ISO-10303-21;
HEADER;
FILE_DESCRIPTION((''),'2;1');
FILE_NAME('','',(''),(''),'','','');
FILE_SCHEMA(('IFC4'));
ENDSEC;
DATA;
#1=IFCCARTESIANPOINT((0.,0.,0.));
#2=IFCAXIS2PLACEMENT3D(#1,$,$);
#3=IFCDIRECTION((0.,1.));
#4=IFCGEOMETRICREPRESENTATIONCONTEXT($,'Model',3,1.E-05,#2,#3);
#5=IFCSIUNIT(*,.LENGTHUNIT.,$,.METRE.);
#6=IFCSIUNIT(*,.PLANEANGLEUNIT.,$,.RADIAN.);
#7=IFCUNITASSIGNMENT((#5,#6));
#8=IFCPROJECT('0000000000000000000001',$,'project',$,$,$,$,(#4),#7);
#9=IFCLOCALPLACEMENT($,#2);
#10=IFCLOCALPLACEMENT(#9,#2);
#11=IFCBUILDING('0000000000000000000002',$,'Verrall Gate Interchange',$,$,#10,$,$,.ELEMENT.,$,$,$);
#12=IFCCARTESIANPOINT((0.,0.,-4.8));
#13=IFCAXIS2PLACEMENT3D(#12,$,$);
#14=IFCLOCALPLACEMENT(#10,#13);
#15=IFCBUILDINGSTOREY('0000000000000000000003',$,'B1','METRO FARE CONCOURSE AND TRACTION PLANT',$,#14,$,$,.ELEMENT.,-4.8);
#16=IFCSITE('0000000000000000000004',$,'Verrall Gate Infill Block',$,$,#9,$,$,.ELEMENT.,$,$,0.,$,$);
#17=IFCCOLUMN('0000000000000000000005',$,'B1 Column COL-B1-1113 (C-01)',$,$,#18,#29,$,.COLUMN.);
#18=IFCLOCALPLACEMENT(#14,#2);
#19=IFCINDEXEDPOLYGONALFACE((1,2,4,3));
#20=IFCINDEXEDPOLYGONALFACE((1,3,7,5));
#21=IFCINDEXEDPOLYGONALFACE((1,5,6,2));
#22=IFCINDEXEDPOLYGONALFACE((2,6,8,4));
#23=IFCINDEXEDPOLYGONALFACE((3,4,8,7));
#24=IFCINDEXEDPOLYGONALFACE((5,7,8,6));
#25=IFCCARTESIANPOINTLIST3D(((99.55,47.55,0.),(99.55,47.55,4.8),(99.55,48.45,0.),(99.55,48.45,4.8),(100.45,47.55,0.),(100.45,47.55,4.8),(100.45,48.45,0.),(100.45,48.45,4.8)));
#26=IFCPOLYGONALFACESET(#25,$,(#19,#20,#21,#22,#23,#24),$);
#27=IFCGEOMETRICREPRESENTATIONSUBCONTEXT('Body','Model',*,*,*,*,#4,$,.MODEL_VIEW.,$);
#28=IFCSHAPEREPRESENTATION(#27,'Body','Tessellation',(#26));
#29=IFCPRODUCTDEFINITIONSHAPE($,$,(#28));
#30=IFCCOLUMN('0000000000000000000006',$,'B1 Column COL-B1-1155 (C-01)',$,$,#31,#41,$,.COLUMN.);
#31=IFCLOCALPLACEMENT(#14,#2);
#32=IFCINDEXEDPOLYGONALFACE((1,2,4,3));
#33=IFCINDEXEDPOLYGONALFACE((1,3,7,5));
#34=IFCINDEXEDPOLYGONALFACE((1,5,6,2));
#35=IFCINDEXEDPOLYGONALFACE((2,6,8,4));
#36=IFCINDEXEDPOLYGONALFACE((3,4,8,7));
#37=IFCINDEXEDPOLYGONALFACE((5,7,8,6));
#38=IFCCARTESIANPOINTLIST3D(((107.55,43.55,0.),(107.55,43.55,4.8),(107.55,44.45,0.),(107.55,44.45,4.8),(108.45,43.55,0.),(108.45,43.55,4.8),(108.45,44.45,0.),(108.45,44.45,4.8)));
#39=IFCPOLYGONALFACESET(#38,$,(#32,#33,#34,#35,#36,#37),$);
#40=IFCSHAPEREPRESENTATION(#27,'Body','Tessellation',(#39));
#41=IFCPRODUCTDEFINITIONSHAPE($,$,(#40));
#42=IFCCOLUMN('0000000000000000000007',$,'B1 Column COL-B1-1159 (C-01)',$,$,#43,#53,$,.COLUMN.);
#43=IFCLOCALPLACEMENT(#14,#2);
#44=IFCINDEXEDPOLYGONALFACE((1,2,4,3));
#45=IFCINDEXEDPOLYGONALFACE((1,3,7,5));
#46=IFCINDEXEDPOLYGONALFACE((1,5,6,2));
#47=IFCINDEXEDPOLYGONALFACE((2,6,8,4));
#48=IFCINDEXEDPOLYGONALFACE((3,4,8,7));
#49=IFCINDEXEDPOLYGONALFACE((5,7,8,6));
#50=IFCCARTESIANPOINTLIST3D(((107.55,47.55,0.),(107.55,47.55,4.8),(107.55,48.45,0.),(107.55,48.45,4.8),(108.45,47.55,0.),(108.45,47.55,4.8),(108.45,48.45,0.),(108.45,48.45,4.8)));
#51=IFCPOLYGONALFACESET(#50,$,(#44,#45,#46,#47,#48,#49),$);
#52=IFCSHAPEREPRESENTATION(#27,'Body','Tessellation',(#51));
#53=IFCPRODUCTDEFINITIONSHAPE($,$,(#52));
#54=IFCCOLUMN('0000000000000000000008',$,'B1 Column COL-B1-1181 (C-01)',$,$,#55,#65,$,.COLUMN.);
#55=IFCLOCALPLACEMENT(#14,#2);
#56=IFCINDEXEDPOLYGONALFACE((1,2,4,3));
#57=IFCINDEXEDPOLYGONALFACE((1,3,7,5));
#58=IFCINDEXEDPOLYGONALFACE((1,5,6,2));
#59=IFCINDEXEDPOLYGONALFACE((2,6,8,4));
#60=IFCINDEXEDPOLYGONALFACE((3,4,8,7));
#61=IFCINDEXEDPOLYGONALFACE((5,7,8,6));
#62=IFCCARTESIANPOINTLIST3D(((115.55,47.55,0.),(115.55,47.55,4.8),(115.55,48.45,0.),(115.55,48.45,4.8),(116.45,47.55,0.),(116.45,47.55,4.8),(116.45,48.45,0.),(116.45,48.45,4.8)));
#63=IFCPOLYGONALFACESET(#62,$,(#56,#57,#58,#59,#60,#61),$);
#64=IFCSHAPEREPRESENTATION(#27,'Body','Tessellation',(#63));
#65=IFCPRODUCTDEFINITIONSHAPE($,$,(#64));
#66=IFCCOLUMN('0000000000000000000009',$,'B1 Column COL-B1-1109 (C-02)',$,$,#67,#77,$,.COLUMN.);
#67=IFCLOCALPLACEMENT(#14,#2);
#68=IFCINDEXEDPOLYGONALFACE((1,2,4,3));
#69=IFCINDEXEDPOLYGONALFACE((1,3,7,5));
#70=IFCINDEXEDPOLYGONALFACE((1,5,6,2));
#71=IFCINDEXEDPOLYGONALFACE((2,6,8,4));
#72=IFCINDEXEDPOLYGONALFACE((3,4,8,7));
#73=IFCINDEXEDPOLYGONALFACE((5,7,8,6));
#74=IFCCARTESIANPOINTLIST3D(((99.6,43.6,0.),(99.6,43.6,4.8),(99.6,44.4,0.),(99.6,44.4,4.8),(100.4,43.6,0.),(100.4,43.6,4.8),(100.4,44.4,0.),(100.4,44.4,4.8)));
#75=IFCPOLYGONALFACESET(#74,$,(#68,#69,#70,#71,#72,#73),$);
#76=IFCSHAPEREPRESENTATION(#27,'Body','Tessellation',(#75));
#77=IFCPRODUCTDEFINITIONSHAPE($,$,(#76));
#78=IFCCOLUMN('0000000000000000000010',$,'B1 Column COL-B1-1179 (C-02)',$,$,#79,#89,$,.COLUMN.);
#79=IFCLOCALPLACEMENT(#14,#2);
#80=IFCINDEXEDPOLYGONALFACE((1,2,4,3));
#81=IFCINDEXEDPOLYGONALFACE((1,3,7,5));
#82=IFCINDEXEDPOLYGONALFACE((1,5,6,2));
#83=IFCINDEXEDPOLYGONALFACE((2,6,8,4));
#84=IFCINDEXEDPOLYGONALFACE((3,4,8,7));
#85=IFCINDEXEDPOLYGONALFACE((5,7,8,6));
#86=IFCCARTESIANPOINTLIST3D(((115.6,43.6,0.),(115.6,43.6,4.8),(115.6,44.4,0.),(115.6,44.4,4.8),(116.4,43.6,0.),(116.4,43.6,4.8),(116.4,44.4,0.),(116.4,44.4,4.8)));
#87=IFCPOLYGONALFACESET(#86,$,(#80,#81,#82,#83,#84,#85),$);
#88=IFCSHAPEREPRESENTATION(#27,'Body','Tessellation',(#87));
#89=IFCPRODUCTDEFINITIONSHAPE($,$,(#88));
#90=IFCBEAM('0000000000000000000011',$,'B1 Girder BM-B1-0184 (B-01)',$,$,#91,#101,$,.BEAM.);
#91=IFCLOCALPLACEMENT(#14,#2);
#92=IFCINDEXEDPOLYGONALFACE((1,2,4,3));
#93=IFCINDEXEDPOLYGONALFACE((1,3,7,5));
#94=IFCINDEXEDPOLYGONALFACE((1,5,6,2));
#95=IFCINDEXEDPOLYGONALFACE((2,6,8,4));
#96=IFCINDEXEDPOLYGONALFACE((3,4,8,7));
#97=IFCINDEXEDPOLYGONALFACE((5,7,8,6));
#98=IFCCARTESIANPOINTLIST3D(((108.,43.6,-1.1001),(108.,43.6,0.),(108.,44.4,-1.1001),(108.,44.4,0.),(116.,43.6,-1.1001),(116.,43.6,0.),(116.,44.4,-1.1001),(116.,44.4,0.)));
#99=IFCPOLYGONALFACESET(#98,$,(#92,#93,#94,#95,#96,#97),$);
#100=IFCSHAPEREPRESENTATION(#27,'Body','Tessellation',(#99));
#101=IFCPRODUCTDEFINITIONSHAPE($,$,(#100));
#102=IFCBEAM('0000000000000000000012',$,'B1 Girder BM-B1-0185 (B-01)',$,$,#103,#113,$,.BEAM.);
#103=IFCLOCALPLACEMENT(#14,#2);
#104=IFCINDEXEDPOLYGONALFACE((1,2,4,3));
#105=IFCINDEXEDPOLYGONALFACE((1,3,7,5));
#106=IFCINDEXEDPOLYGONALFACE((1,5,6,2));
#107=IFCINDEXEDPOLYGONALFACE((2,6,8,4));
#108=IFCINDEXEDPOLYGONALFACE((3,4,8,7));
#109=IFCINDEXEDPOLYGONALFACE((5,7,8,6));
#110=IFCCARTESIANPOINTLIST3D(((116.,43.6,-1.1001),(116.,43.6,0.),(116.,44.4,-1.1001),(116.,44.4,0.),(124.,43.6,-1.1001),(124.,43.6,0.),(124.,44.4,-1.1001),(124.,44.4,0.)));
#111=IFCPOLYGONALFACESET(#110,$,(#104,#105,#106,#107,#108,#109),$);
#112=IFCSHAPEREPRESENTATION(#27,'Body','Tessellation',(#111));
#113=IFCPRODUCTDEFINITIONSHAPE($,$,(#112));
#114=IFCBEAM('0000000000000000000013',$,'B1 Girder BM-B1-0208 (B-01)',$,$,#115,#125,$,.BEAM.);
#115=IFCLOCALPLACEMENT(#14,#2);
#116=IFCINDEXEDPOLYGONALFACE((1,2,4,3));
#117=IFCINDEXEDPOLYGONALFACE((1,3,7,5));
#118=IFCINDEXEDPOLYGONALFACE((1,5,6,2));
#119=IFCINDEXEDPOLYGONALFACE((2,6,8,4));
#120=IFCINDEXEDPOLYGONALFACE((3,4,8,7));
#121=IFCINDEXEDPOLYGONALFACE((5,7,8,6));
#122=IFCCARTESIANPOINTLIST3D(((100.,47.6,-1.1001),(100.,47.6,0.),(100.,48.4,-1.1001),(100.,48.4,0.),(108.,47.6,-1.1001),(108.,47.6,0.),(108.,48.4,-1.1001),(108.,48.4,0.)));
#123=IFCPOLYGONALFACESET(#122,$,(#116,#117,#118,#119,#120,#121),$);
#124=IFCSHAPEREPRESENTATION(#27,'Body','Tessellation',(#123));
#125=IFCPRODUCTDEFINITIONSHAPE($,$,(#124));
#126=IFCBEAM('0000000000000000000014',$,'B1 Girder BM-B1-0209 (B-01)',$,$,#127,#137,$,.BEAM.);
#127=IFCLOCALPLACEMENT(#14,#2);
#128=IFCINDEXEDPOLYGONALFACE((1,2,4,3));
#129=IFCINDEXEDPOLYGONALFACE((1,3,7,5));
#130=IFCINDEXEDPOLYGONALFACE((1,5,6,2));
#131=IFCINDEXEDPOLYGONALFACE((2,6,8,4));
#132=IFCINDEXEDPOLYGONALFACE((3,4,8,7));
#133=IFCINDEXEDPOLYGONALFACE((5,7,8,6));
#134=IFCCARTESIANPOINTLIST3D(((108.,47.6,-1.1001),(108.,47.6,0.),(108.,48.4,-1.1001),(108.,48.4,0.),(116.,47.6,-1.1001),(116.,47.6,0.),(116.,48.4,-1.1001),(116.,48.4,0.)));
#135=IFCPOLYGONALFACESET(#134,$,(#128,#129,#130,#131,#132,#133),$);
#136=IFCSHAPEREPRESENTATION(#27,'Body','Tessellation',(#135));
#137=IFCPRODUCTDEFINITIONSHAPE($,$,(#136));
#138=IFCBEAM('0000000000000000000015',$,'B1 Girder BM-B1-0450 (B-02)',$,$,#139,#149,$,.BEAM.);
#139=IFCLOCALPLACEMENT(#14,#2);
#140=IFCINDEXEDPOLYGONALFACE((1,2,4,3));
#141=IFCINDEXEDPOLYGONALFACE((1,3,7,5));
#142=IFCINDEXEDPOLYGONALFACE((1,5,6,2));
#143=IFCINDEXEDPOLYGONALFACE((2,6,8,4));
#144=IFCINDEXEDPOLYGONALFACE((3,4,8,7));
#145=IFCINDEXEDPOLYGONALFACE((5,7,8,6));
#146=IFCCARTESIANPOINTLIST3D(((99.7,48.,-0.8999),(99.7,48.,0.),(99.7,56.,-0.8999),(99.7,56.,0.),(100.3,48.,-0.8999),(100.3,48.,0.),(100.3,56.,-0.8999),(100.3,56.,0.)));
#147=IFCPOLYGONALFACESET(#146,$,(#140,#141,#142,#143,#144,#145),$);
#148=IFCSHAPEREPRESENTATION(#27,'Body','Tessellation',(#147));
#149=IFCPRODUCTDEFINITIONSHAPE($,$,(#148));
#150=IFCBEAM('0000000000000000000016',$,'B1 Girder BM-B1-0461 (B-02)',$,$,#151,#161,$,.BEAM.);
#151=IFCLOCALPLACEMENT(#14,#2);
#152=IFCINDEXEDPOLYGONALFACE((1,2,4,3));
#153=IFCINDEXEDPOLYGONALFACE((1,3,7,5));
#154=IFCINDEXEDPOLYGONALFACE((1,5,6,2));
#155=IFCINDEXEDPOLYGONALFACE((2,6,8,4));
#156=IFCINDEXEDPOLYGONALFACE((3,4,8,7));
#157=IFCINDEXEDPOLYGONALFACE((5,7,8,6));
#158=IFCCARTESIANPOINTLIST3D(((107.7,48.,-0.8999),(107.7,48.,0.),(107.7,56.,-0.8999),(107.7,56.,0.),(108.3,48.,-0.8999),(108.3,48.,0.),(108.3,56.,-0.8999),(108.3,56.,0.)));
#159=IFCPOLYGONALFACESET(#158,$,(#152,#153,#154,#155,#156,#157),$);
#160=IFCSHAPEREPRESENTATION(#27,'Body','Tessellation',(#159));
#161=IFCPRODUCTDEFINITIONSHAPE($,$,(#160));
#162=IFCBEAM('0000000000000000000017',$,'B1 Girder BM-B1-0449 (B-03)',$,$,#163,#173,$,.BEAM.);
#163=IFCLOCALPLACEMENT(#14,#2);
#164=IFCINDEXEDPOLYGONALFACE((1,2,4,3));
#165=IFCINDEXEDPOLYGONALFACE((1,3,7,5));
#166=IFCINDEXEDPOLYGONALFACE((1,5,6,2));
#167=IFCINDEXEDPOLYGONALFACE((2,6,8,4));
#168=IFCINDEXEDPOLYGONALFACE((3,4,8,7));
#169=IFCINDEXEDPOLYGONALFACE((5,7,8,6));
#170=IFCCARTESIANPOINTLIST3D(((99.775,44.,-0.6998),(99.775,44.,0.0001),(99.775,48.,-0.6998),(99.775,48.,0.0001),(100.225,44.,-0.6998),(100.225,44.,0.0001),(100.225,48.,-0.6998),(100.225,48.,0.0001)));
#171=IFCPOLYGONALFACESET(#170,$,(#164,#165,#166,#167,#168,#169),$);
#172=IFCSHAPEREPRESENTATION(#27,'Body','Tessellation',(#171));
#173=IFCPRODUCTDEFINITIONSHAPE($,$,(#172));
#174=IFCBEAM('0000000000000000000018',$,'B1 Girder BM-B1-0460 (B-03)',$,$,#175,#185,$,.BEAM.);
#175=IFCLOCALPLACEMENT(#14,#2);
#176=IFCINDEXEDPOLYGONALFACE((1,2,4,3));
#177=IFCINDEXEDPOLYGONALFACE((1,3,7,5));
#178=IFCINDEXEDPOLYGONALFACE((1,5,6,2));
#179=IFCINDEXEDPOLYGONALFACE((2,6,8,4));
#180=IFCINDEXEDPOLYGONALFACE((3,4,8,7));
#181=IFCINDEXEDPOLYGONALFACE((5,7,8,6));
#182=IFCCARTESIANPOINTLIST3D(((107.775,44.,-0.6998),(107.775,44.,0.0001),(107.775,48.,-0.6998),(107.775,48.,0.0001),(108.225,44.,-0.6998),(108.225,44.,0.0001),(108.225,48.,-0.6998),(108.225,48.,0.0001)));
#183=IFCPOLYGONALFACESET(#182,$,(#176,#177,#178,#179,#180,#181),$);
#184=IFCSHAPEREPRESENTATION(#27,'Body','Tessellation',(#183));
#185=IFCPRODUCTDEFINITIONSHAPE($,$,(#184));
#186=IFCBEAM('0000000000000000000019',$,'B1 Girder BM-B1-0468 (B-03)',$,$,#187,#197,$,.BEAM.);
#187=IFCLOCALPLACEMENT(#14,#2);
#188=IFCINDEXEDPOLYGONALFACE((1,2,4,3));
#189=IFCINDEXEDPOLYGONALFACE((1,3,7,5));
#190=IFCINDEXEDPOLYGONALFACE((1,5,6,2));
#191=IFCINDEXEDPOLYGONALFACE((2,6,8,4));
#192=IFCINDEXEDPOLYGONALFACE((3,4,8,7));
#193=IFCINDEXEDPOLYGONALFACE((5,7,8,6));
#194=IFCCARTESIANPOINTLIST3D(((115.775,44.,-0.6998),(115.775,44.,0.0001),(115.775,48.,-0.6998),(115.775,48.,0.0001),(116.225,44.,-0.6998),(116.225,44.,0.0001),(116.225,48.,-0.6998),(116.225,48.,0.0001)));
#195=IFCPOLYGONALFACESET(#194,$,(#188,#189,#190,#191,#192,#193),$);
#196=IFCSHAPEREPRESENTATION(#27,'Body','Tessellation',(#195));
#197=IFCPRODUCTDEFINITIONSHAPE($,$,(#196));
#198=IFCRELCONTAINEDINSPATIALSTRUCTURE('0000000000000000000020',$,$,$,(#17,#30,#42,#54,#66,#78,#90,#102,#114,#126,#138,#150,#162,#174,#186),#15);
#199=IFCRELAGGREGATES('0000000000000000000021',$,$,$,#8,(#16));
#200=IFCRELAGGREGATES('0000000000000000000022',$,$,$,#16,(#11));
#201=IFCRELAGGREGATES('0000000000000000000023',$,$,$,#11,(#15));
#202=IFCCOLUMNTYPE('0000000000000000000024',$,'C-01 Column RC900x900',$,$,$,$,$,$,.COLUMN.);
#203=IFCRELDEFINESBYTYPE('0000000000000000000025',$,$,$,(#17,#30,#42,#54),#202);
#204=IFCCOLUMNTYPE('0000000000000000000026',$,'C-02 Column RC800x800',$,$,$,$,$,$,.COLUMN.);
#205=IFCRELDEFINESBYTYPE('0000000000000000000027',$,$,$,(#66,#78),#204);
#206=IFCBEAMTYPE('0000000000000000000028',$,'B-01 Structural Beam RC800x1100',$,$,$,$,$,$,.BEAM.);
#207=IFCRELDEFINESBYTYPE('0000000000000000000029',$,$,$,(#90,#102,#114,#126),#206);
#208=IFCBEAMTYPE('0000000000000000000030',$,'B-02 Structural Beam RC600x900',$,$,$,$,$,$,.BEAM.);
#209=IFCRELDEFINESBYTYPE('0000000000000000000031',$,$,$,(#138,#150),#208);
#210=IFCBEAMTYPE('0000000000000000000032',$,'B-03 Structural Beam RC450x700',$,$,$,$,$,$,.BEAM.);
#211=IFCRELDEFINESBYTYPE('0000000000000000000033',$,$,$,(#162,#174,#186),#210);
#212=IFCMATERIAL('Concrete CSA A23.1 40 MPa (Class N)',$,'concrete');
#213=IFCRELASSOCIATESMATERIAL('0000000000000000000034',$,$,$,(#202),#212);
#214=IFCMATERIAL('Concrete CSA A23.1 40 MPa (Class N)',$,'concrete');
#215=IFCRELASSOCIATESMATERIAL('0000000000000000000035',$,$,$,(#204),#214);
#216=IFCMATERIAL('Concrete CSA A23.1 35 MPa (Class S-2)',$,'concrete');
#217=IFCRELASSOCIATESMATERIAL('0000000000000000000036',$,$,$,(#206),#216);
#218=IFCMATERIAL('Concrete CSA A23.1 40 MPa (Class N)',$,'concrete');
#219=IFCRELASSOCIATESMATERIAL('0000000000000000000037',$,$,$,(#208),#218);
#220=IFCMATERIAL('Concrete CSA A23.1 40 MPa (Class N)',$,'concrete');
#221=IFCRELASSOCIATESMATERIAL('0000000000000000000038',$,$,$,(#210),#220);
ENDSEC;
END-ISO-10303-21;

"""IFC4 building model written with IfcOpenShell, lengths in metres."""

from ifc_helpers import new_model, si_unit, direction, frame, origin, origin_2d, place, context, subcontext, project, spatial, rectangle, extrude, material, material_profile, profile_set, type_object, element, save


model = new_model("IFC4")

# Units and contexts
model_context = context("Model", 3, precision=1e-05, world=origin(), true_north=direction((0.0, 1.0)))
body_context = subcontext(model_context, "Body", "Model", "MODEL_VIEW")
ifc_project = project(units=[si_unit("LENGTHUNIT", "METRE"), si_unit("PLANEANGLEUNIT", "RADIAN")], contexts=[model_context])

# Site, building, storey
site_placement = place(None, origin())
site = spatial("IfcSite", under=ifc_project, at=site_placement, Name="Verrall Gate Infill Block", CompositionType="ELEMENT", RefElevation=0.0)
building_placement = place(site_placement, origin())
building = spatial("IfcBuilding", under=site, at=building_placement, Name="Verrall Gate Interchange", CompositionType="ELEMENT")
storey_placement = place(building_placement, frame((0.0, 0.0, -4.8)))
storey = spatial("IfcBuildingStorey", under=building, at=storey_placement, Name="B1", Description="METRO FARE CONCOURSE AND TRACTION PLANT", CompositionType="ELEMENT", Elevation=-4.8)

# Columns
ifc_material_1 = material(Name="Concrete CSA A23.1 40 MPa (Class N)", Category="concrete")
ifc_material_profile_1 = material_profile(ifc_material_1, rectangle(XDim=0.8999, YDim=0.8999, at=origin_2d()), Name="RC900x900")
ifc_profile_set_1 = profile_set([ifc_material_profile_1], Name="Concrete CSA A23.1 40 MPa (Class N)")
column_type_1 = type_object("IfcColumnType", Name="C-01 Column RC900x900", PredefinedType="COLUMN", material=ifc_profile_set_1)
for number, where, z_axis, x_axis, name in (
    (1, (100.0, 48.0, 0.0), (0.0, 0.0, 1.0), (1.0, 0.0, 0.0), "B1 Column COL-B1-1113 (C-01)"),
    (2, (108.0, 44.0, 0.0), (0.0, 0.0, 1.0), (1.0, 0.0, 0.0), "B1 Column COL-B1-1155 (C-01)"),
    (3, (108.0, 48.0, 0.0), (0.0, 0.0, 1.0), (1.0, 0.0, 0.0), "B1 Column COL-B1-1159 (C-01)"),
    (4, (116.0, 48.0, 0.0), (0.0, 0.0, 1.0), (1.0, 0.0, 0.0), "B1 Column COL-B1-1181 (C-01)"),
):
    element("IfcColumn", number, at=place(storey_placement, frame(where, z_axis=z_axis, x_axis=x_axis)), inside=storey, type_object=column_type_1, Name=name, PredefinedType="COLUMN", context=body_context, shape_type="SweptSolid", body=[
        extrude(rectangle(XDim=0.8999, YDim=0.8999, at=origin_2d()), origin(), (0.0, 0.0, 1.0), 4.8),
    ])
ifc_material_2 = material(Name="Concrete CSA A23.1 40 MPa (Class N)", Category="concrete")
ifc_material_profile_2 = material_profile(ifc_material_2, rectangle(XDim=0.8, YDim=0.8, at=origin_2d()), Name="RC800x800")
ifc_profile_set_2 = profile_set([ifc_material_profile_2], Name="Concrete CSA A23.1 40 MPa (Class N)")
column_type_2 = type_object("IfcColumnType", Name="C-02 Column RC800x800", PredefinedType="COLUMN", material=ifc_profile_set_2)
for number, where, z_axis, x_axis, name in (
    (5, (100.0, 44.0, 0.0), (0.0, 0.0, 1.0), (1.0, 0.0, 0.0), "B1 Column COL-B1-1109 (C-02)"),
    (6, (116.0, 44.0, 0.0), (0.0, 0.0, 1.0), (1.0, 0.0, 0.0), "B1 Column COL-B1-1179 (C-02)"),
):
    element("IfcColumn", number, at=place(storey_placement, frame(where, z_axis=z_axis, x_axis=x_axis)), inside=storey, type_object=column_type_2, Name=name, PredefinedType="COLUMN", context=body_context, shape_type="SweptSolid", body=[
        extrude(rectangle(XDim=0.8, YDim=0.8, at=origin_2d()), origin(), (0.0, 0.0, 1.0), 4.8),
    ])

# Beams
ifc_material_3 = material(Name="Concrete CSA A23.1 35 MPa (Class S-2)", Category="concrete")
ifc_material_profile_3 = material_profile(ifc_material_3, rectangle(XDim=0.8, YDim=1.1001, at=origin_2d()), Name="RC800x1100")
ifc_profile_set_3 = profile_set([ifc_material_profile_3], Name="Concrete CSA A23.1 35 MPa (Class S-2)")
beam_type_1 = type_object("IfcBeamType", Name="B-01 Structural Beam RC800x1100", PredefinedType="BEAM", material=ifc_profile_set_3)
for number, where, z_axis, x_axis, name in (
    (7, (108.0, 44.0, -0.55), (1.0, 0.0, 0.0), (0.0, 1.0, 0.0), "B1 Girder BM-B1-0184 (B-01)"),
    (8, (116.0, 44.0, -0.55), (1.0, 0.0, 0.0), (0.0, 1.0, 0.0), "B1 Girder BM-B1-0185 (B-01)"),
    (9, (100.0, 48.0, -0.55), (1.0, 0.0, 0.0), (0.0, 1.0, 0.0), "B1 Girder BM-B1-0208 (B-01)"),
    (10, (108.0, 48.0, -0.55), (1.0, 0.0, 0.0), (0.0, 1.0, 0.0), "B1 Girder BM-B1-0209 (B-01)"),
):
    element("IfcBeam", number, at=place(storey_placement, frame(where, z_axis=z_axis, x_axis=x_axis)), inside=storey, type_object=beam_type_1, Name=name, PredefinedType="BEAM", context=body_context, shape_type="SweptSolid", body=[
        extrude(rectangle(XDim=0.8, YDim=1.1001, at=origin_2d()), origin(), (0.0, 0.0, 1.0), 8.0),
    ])
ifc_material_4 = material(Name="Concrete CSA A23.1 40 MPa (Class N)", Category="concrete")
ifc_material_profile_4 = material_profile(ifc_material_4, rectangle(XDim=0.6001, YDim=0.8999, at=origin_2d()), Name="RC600x900")
ifc_profile_set_4 = profile_set([ifc_material_profile_4], Name="Concrete CSA A23.1 40 MPa (Class N)")
beam_type_2 = type_object("IfcBeamType", Name="B-02 Structural Beam RC600x900", PredefinedType="BEAM", material=ifc_profile_set_4)
for number, where, z_axis, x_axis, name in (
    (11, (100.0, 48.0, -0.45), (0.0, 1.0, 0.0), (-1.0, 0.0, 0.0), "B1 Girder BM-B1-0450 (B-02)"),
    (12, (108.0, 48.0, -0.45), (0.0, 1.0, 0.0), (-1.0, 0.0, 0.0), "B1 Girder BM-B1-0461 (B-02)"),
):
    element("IfcBeam", number, at=place(storey_placement, frame(where, z_axis=z_axis, x_axis=x_axis)), inside=storey, type_object=beam_type_2, Name=name, PredefinedType="BEAM", context=body_context, shape_type="SweptSolid", body=[
        extrude(rectangle(XDim=0.6001, YDim=0.8999, at=origin_2d()), origin(), (0.0, 0.0, 1.0), 8.0),
    ])
ifc_material_5 = material(Name="Concrete CSA A23.1 40 MPa (Class N)", Category="concrete")
ifc_material_profile_5 = material_profile(ifc_material_5, rectangle(XDim=0.45, YDim=0.7, at=origin_2d()), Name="RC450x700")
ifc_profile_set_5 = profile_set([ifc_material_profile_5], Name="Concrete CSA A23.1 40 MPa (Class N)")
beam_type_3 = type_object("IfcBeamType", Name="B-03 Structural Beam RC450x700", PredefinedType="BEAM", material=ifc_profile_set_5)
for number, where, z_axis, x_axis, name in (
    (13, (100.0, 44.0, -0.3499), (0.0, 1.0, 0.0), (-1.0, 0.0, 0.0), "B1 Girder BM-B1-0449 (B-03)"),
    (14, (108.0, 44.0, -0.3499), (0.0, 1.0, 0.0), (-1.0, 0.0, 0.0), "B1 Girder BM-B1-0460 (B-03)"),
    (15, (116.0, 44.0, -0.3499), (0.0, 1.0, 0.0), (-1.0, 0.0, 0.0), "B1 Girder BM-B1-0468 (B-03)"),
):
    element("IfcBeam", number, at=place(storey_placement, frame(where, z_axis=z_axis, x_axis=x_axis)), inside=storey, type_object=beam_type_3, Name=name, PredefinedType="BEAM", context=body_context, shape_type="SweptSolid", body=[
        extrude(rectangle(XDim=0.45, YDim=0.7, at=origin_2d()), origin(), (0.0, 0.0, 1.0), 4.0),
    ])

save(model, "model.ifc")
